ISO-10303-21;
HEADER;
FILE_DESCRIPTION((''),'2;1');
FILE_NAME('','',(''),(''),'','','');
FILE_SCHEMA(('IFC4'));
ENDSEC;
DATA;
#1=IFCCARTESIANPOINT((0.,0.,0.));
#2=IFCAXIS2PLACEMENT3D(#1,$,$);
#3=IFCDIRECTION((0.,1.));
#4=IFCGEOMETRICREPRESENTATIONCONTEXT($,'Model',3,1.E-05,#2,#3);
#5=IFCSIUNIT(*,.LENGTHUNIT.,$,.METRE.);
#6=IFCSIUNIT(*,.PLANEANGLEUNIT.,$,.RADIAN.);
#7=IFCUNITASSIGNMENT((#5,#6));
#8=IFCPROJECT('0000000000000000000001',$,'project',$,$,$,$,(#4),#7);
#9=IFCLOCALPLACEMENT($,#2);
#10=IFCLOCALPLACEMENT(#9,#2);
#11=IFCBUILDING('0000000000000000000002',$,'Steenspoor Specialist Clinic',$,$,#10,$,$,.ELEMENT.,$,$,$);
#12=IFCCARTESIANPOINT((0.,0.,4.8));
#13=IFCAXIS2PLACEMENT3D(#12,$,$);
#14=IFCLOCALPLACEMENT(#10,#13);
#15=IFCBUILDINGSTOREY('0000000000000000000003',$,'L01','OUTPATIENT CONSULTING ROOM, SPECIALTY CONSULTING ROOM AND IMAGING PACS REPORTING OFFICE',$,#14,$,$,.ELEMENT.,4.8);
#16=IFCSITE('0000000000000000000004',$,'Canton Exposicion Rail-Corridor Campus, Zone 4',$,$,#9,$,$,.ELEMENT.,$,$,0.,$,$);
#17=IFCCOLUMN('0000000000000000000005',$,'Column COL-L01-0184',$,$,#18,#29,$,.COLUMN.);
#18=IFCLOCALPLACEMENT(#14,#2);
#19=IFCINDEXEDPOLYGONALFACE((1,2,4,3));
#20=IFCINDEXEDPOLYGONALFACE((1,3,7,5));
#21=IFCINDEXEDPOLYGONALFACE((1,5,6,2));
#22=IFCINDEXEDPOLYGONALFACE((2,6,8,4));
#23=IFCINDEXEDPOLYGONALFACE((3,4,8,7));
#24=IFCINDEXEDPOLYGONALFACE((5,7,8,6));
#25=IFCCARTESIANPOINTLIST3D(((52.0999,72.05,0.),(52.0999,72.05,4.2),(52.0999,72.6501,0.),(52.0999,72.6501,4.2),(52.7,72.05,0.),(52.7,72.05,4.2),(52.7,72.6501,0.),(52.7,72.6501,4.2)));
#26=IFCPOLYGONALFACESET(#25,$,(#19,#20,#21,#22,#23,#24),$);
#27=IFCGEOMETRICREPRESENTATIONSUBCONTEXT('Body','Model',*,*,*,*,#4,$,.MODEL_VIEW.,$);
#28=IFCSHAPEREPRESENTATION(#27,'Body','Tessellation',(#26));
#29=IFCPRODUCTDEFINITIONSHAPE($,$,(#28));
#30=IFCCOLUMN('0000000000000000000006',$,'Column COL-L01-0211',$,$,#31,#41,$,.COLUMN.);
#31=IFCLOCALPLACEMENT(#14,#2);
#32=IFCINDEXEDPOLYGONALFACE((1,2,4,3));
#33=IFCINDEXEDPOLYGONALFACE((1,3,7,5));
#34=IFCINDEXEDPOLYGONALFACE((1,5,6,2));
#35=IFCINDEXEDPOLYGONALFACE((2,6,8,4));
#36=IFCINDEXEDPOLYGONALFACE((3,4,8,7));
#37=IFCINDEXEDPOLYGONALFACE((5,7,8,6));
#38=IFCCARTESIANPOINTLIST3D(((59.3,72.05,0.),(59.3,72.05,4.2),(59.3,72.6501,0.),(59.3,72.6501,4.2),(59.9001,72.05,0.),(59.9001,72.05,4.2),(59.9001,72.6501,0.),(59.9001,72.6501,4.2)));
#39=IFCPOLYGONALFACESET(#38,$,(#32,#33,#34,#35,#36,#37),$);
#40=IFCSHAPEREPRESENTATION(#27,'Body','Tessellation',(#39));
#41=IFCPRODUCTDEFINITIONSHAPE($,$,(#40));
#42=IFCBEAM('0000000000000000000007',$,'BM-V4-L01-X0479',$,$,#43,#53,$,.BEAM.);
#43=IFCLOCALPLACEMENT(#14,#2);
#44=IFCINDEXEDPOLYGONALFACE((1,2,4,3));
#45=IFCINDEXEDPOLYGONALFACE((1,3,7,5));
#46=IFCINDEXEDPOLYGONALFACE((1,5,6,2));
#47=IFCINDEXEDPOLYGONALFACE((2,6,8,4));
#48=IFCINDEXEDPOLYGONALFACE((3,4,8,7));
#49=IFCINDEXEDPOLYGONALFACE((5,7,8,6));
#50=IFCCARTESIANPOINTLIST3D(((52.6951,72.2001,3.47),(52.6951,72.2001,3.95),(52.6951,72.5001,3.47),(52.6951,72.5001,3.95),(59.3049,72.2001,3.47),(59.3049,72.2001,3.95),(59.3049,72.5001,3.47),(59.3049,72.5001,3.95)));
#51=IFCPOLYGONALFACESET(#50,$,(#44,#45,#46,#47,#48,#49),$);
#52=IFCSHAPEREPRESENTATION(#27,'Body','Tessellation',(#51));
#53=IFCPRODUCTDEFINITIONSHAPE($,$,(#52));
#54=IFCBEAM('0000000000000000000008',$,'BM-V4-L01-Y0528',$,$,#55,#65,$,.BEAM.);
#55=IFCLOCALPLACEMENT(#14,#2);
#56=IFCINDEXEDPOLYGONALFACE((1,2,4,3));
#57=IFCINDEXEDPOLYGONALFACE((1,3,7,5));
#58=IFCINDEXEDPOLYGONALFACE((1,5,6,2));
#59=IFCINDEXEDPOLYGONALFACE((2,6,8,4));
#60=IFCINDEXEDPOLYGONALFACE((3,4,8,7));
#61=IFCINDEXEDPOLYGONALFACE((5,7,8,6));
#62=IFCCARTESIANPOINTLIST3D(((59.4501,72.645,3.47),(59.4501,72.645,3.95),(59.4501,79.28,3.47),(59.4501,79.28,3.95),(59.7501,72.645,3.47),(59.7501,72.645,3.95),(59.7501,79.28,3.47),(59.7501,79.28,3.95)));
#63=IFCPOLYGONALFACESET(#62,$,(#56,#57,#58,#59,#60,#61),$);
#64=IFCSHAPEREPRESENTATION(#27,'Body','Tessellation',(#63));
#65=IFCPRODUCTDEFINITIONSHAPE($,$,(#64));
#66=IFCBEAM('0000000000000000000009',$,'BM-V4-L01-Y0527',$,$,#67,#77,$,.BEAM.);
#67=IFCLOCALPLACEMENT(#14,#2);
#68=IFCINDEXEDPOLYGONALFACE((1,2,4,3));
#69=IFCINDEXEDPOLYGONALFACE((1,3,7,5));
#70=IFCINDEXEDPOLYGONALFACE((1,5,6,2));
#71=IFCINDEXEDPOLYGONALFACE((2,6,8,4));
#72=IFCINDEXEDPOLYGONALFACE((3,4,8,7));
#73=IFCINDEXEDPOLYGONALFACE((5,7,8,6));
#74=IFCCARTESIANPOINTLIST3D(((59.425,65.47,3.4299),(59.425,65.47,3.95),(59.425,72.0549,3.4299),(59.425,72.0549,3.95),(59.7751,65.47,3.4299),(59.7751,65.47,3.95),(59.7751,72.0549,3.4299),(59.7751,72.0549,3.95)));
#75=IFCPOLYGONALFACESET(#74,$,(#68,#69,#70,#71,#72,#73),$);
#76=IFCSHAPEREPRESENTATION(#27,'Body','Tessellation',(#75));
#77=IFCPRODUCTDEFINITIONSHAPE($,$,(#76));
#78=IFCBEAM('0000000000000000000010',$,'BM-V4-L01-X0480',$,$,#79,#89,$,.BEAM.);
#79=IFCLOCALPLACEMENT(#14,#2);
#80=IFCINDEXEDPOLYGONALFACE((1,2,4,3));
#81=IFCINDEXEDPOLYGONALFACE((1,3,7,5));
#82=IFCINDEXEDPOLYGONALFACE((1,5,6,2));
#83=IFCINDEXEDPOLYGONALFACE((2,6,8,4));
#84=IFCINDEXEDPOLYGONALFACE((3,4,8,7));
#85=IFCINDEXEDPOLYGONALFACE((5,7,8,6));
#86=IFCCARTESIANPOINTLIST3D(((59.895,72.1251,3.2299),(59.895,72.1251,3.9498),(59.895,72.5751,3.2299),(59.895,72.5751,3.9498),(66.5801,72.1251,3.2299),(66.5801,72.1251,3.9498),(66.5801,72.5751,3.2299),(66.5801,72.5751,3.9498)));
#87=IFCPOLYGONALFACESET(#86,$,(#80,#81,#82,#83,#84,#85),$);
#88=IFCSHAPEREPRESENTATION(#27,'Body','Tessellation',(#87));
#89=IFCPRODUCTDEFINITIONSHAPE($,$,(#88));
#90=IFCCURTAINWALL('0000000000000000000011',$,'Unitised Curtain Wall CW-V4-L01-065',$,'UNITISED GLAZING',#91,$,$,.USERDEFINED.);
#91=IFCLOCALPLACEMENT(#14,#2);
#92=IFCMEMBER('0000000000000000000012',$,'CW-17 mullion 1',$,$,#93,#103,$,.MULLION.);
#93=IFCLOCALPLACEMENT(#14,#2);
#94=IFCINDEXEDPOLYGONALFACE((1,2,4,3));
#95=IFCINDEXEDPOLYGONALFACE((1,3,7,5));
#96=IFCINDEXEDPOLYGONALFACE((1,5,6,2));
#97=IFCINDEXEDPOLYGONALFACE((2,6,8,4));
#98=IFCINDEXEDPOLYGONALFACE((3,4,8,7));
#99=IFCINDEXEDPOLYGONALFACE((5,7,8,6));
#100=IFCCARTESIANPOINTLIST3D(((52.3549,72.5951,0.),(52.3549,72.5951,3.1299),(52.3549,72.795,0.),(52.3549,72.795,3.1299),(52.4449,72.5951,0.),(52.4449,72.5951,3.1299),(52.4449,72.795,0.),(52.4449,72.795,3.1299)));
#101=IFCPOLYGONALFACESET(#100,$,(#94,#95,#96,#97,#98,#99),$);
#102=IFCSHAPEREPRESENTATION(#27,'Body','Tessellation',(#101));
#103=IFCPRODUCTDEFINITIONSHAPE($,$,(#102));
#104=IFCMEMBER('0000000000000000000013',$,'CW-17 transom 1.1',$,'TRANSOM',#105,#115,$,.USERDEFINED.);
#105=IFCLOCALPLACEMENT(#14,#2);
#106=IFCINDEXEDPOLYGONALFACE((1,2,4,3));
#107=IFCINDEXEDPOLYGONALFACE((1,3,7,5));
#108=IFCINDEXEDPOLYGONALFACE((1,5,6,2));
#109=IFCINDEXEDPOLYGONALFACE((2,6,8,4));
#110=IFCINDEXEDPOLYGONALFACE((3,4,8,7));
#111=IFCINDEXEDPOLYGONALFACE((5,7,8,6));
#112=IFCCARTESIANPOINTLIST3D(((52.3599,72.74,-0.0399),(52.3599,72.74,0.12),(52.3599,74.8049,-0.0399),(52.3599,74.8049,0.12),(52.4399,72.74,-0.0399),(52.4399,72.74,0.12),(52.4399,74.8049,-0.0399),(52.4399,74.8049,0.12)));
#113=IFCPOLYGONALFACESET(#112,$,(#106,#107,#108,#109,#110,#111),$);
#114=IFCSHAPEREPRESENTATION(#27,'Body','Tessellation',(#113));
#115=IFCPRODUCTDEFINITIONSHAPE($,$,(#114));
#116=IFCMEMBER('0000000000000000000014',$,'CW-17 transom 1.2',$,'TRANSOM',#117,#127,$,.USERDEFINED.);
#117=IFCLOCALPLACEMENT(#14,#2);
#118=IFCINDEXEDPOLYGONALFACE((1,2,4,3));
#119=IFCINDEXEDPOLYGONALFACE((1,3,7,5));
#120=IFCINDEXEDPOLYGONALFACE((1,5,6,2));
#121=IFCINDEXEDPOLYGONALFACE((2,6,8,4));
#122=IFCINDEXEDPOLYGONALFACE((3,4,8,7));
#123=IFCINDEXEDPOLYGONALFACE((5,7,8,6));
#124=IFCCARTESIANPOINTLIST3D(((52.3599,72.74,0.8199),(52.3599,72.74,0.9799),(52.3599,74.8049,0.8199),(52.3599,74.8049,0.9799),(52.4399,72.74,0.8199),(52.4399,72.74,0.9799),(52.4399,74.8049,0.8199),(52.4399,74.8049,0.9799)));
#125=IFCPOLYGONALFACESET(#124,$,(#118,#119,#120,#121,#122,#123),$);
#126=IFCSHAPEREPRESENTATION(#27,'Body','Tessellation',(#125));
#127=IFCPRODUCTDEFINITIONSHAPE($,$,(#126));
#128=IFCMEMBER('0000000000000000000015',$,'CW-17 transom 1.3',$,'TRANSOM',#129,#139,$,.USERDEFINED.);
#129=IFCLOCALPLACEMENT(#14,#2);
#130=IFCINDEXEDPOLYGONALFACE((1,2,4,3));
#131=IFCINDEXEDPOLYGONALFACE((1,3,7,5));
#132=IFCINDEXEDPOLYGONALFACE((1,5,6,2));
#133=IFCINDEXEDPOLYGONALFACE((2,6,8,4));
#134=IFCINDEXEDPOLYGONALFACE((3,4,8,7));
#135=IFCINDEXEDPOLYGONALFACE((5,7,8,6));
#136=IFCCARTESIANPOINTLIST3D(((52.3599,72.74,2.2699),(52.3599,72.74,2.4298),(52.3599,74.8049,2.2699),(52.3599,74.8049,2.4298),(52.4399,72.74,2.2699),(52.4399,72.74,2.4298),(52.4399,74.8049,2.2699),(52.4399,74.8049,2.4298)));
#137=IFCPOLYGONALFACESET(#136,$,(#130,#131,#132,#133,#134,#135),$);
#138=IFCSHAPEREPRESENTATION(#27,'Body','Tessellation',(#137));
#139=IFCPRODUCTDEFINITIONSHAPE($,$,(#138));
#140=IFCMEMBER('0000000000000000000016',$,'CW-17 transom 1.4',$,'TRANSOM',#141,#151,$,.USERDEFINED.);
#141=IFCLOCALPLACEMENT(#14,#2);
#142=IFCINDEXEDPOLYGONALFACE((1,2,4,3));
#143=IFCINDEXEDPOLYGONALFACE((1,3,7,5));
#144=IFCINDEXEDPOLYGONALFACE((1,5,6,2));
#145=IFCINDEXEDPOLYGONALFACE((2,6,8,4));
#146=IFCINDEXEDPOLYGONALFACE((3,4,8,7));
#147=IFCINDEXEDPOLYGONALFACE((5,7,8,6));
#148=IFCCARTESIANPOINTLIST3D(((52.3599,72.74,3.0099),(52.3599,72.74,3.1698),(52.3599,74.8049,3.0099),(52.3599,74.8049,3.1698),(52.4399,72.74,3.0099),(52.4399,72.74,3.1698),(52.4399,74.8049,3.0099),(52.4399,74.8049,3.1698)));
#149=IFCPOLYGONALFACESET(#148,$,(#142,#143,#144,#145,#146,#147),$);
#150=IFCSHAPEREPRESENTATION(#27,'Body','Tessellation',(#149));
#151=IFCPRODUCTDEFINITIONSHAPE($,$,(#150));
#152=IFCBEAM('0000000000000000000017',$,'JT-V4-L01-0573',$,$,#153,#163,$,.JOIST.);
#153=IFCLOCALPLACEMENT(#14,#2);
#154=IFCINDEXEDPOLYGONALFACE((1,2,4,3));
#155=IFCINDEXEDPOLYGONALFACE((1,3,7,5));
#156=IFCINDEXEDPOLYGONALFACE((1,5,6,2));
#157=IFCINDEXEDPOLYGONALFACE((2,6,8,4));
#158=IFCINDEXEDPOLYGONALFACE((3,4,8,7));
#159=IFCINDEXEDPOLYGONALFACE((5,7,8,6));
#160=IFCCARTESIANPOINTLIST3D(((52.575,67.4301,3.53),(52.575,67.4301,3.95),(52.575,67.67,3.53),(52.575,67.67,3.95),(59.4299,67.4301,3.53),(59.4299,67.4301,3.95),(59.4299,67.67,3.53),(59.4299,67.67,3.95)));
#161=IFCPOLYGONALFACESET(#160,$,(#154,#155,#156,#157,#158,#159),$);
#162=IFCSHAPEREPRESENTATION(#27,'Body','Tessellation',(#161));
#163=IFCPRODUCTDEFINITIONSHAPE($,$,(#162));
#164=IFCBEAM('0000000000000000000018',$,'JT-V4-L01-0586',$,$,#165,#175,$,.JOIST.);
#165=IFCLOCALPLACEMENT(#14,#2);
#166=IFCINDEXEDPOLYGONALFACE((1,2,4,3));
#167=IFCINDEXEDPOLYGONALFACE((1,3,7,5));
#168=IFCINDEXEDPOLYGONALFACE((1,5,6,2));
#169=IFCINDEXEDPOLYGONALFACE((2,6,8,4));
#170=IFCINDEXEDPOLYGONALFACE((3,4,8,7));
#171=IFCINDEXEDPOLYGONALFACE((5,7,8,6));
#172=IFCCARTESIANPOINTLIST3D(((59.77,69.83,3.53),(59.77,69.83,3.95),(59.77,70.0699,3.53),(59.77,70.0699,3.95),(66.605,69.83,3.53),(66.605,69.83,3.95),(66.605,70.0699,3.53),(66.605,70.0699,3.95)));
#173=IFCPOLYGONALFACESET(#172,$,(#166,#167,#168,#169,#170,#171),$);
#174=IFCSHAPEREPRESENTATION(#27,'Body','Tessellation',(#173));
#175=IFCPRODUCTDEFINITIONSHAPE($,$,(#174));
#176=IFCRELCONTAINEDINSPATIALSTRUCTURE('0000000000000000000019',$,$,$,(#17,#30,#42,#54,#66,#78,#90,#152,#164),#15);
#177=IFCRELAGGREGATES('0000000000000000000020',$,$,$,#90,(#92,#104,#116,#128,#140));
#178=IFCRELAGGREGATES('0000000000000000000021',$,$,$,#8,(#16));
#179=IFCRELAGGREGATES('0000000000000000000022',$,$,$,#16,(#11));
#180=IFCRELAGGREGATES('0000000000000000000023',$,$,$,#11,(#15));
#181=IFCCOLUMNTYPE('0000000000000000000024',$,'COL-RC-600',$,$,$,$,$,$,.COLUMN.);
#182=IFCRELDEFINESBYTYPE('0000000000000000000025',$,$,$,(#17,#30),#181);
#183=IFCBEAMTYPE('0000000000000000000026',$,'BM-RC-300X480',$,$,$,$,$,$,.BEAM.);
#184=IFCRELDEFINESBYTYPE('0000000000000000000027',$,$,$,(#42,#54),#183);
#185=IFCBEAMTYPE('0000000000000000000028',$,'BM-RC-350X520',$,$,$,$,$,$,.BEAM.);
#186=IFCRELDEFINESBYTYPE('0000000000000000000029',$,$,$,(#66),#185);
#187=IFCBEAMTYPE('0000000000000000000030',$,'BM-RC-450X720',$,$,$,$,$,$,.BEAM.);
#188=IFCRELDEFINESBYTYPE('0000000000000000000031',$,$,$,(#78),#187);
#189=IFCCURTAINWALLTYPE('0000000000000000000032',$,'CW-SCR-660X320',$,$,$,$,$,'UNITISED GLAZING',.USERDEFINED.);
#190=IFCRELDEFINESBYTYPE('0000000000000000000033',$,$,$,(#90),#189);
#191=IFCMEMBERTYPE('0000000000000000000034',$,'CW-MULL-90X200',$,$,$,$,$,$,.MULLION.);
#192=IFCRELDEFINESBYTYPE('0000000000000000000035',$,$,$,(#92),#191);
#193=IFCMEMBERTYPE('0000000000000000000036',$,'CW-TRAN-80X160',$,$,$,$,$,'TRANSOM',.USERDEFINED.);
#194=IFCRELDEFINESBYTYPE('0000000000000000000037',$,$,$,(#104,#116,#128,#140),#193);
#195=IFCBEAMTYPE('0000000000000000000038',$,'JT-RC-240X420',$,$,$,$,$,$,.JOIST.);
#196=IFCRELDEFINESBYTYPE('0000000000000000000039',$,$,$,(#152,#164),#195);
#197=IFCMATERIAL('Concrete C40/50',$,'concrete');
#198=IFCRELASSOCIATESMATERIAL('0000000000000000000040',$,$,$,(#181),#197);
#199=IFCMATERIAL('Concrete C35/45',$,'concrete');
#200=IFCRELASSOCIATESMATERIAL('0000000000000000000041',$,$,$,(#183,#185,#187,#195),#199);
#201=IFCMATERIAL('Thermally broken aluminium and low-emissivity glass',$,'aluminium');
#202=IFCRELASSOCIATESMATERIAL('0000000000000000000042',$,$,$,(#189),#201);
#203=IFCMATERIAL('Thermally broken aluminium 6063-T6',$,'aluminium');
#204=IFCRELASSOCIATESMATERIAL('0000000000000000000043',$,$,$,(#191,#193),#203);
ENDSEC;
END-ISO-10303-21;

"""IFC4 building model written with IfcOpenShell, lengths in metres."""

from ifc_helpers import new_model, si_unit, direction, frame, origin, origin_2d, place, context, subcontext, project, spatial, rectangle, extrude, material, material_profile, profile_set, type_object, element, aggregate, save


model = new_model("IFC4")

# Units and contexts
model_context = context("Model", 3, precision=1e-05, world=origin(), true_north=direction((0.0, 1.0)))
body_context = subcontext(model_context, "Body", "Model", "MODEL_VIEW")
ifc_project = project(units=[si_unit("LENGTHUNIT", "METRE"), si_unit("PLANEANGLEUNIT", "RADIAN")], contexts=[model_context])

# Site, building, storey
site_placement = place(None, origin())
site = spatial("IfcSite", under=ifc_project, at=site_placement, Name="Canton Exposicion Rail-Corridor Campus, Zone 4", CompositionType="ELEMENT", RefElevation=0.0)
building_placement = place(site_placement, origin())
building = spatial("IfcBuilding", under=site, at=building_placement, Name="Steenspoor Specialist Clinic", CompositionType="ELEMENT")
storey_placement = place(building_placement, frame((0.0, 0.0, 4.8)))
storey = spatial("IfcBuildingStorey", under=building, at=storey_placement, Name="L01", Description="OUTPATIENT CONSULTING ROOM, SPECIALTY CONSULTING ROOM AND IMAGING PACS REPORTING OFFICE", CompositionType="ELEMENT", Elevation=4.8)

# Columns
ifc_material_1 = material(Name="Concrete C40/50", Category="concrete")
ifc_material_profile_1 = material_profile(ifc_material_1, rectangle(XDim=0.6001, YDim=0.6001, at=origin_2d()), Name="RC-COL-600X600")
ifc_profile_set_1 = profile_set([ifc_material_profile_1], Name="Concrete C40/50")
column_type = type_object("IfcColumnType", Name="COL-RC-600", PredefinedType="COLUMN", material=ifc_profile_set_1)
for number, where, z_axis, x_axis, name in (
    (1, (52.3999, 72.3501, 0.0), (0.0, 0.0, 1.0), (1.0, 0.0, 0.0), "Column COL-L01-0184"),
    (2, (59.6001, 72.3501, 0.0), (0.0, 0.0, 1.0), (1.0, 0.0, 0.0), "Column COL-L01-0211"),
):
    element("IfcColumn", number, at=place(storey_placement, frame(where, z_axis=z_axis, x_axis=x_axis)), inside=storey, type_object=column_type, Name=name, PredefinedType="COLUMN", context=body_context, shape_type="SweptSolid", body=[
        extrude(rectangle(XDim=0.6001, YDim=0.6001, at=origin_2d()), origin(), (0.0, 0.0, 1.0), 4.2),
    ])

# Beams
ifc_material_2 = material(Name="Concrete C35/45", Category="concrete")
ifc_material_profile_2 = material_profile(ifc_material_2, rectangle(XDim=0.3, YDim=0.48, at=origin_2d()), Name="RC-BM-300X480")
ifc_profile_set_2 = profile_set([ifc_material_profile_2], Name="Concrete C35/45")
beam_type_1 = type_object("IfcBeamType", Name="BM-RC-300X480", PredefinedType="BEAM", material=ifc_profile_set_2)
beam_1_placement = place(storey_placement, frame((52.6951, 72.3501, 3.71), z_axis=(1.0, 0.0, 0.0), x_axis=(0.0, 1.0, 0.0)))
element("IfcBeam", 3, at=beam_1_placement, inside=storey, type_object=beam_type_1, Name="BM-V4-L01-X0479", PredefinedType="BEAM", context=body_context, shape_type="SweptSolid", body=[
    extrude(rectangle(XDim=0.3, YDim=0.48, at=origin_2d()), origin(), (0.0, 0.0, 1.0), 6.6099),
])
beam_2_placement = place(storey_placement, frame((59.6001, 72.645, 3.71), z_axis=(0.0, 1.0, 0.0), x_axis=(-1.0, 0.0, 0.0)))
element("IfcBeam", 4, at=beam_2_placement, inside=storey, type_object=beam_type_1, Name="BM-V4-L01-Y0528", PredefinedType="BEAM", context=body_context, shape_type="SweptSolid", body=[
    extrude(rectangle(XDim=0.3, YDim=0.48, at=origin_2d()), origin(), (0.0, 0.0, 1.0), 6.635),
])
ifc_material_profile_3 = material_profile(ifc_material_2, rectangle(XDim=0.3501, YDim=0.52, at=origin_2d()), Name="RC-BM-350X520")
ifc_profile_set_3 = profile_set([ifc_material_profile_3], Name="Concrete C35/45")
beam_type_2 = type_object("IfcBeamType", Name="BM-RC-350X520", PredefinedType="BEAM", material=ifc_profile_set_3)
beam_3_placement = place(storey_placement, frame((59.6001, 65.47, 3.6899), z_axis=(0.0, 1.0, 0.0), x_axis=(-1.0, 0.0, 0.0)))
element("IfcBeam", 5, at=beam_3_placement, inside=storey, type_object=beam_type_2, Name="BM-V4-L01-Y0527", PredefinedType="BEAM", context=body_context, shape_type="SweptSolid", body=[
    extrude(rectangle(XDim=0.3501, YDim=0.52, at=origin_2d()), origin(), (0.0, 0.0, 1.0), 6.585),
])
ifc_material_profile_4 = material_profile(ifc_material_2, rectangle(XDim=0.45, YDim=0.72, at=origin_2d()), Name="RC-BM-450X720")
ifc_profile_set_4 = profile_set([ifc_material_profile_4], Name="Concrete C35/45")
beam_type_3 = type_object("IfcBeamType", Name="BM-RC-450X720", PredefinedType="BEAM", material=ifc_profile_set_4)
beam_4_placement = place(storey_placement, frame((59.895, 72.3501, 3.5898), z_axis=(1.0, 0.0, 0.0), x_axis=(0.0, 1.0, 0.0)))
element("IfcBeam", 6, at=beam_4_placement, inside=storey, type_object=beam_type_3, Name="BM-V4-L01-X0480", PredefinedType="BEAM", context=body_context, shape_type="SweptSolid", body=[
    extrude(rectangle(XDim=0.45, YDim=0.72, at=origin_2d()), origin(), (0.0, 0.0, 1.0), 6.6851),
])

# Curtain wall, members
ifc_material_3 = material(Name="Thermally broken aluminium and low-emissivity glass", Category="aluminium")
curtain_wall_type = type_object("IfcCurtainWallType", Name="CW-SCR-660X320", ElementType="UNITISED GLAZING", PredefinedType="USERDEFINED", material=ifc_material_3)
curtain_wall_placement = place(storey_placement, origin())
curtain_wall = element("IfcCurtainWall", 7, at=curtain_wall_placement, inside=storey, type_object=curtain_wall_type, Name="Unitised Curtain Wall CW-V4-L01-065", ObjectType="UNITISED GLAZING", PredefinedType="USERDEFINED")
ifc_material_4 = material(Name="Thermally broken aluminium 6063-T6", Category="aluminium")
ifc_material_profile_5 = material_profile(ifc_material_4, rectangle(XDim=0.0901, YDim=0.2, at=origin_2d()), Name="CWM-90X200")
ifc_profile_set_5 = profile_set([ifc_material_profile_5], Name="Thermally broken aluminium 6063-T6")
member_type_1 = type_object("IfcMemberType", Name="CW-MULL-90X200", PredefinedType="MULLION", material=ifc_profile_set_5)
member_1_placement = place(storey_placement, frame((52.3999, 72.6951, 0.0), z_axis=(0.0, 0.0, 1.0), x_axis=(-1.0, 0.0, 0.0)))
member_1 = element("IfcMember", 8, at=member_1_placement, type_object=member_type_1, Name="CW-17 mullion 1", PredefinedType="MULLION", context=body_context, shape_type="SweptSolid", body=[
    extrude(rectangle(XDim=0.0901, YDim=0.2, at=origin_2d()), origin(), (0.0, 0.0, 1.0), 3.1299),
])
ifc_material_profile_6 = material_profile(ifc_material_4, rectangle(XDim=0.0801, YDim=0.1599, at=origin_2d()), Name="CWT-80X160")
ifc_profile_set_6 = profile_set([ifc_material_profile_6], Name="Thermally broken aluminium 6063-T6")
member_type_2 = type_object("IfcMemberType", Name="CW-TRAN-80X160", ElementType="TRANSOM", PredefinedType="USERDEFINED", material=ifc_profile_set_6)
member_2_placement = place(storey_placement, frame((52.3999, 72.74, 0.04), z_axis=(0.0, 1.0, 0.0), x_axis=(-1.0, 0.0, 0.0)))
member_2 = element("IfcMember", 9, at=member_2_placement, type_object=member_type_2, Name="CW-17 transom 1.1", ObjectType="TRANSOM", PredefinedType="USERDEFINED", context=body_context, shape_type="SweptSolid", body=[
    extrude(rectangle(XDim=0.0801, YDim=0.1599, at=origin_2d()), origin(), (0.0, 0.0, 1.0), 2.0649),
])
member_3_placement = place(storey_placement, frame((52.3999, 72.74, 0.8999), z_axis=(0.0, 1.0, 0.0), x_axis=(-1.0, 0.0, 0.0)))
member_3 = element("IfcMember", 10, at=member_3_placement, type_object=member_type_2, Name="CW-17 transom 1.2", ObjectType="TRANSOM", PredefinedType="USERDEFINED", context=body_context, shape_type="SweptSolid", body=[
    extrude(rectangle(XDim=0.0801, YDim=0.1599, at=origin_2d()), origin(), (0.0, 0.0, 1.0), 2.0649),
])
member_4_placement = place(storey_placement, frame((52.3999, 72.74, 2.3499), z_axis=(0.0, 1.0, 0.0), x_axis=(-1.0, 0.0, 0.0)))
member_4 = element("IfcMember", 11, at=member_4_placement, type_object=member_type_2, Name="CW-17 transom 1.3", ObjectType="TRANSOM", PredefinedType="USERDEFINED", context=body_context, shape_type="SweptSolid", body=[
    extrude(rectangle(XDim=0.0801, YDim=0.1599, at=origin_2d()), origin(), (0.0, 0.0, 1.0), 2.0649),
])
member_5_placement = place(storey_placement, frame((52.3999, 72.74, 3.0898), z_axis=(0.0, 1.0, 0.0), x_axis=(-1.0, 0.0, 0.0)))
member_5 = element("IfcMember", 12, at=member_5_placement, type_object=member_type_2, Name="CW-17 transom 1.4", ObjectType="TRANSOM", PredefinedType="USERDEFINED", context=body_context, shape_type="SweptSolid", body=[
    extrude(rectangle(XDim=0.0801, YDim=0.1599, at=origin_2d()), origin(), (0.0, 0.0, 1.0), 2.0649),
])
aggregate(curtain_wall, [member_1, member_2, member_3, member_4, member_5])

# Beams
ifc_material_profile_7 = material_profile(ifc_material_2, rectangle(XDim=0.24, YDim=0.4199, at=origin_2d()), Name="RC-JT-240X420")
ifc_profile_set_7 = profile_set([ifc_material_profile_7], Name="Concrete C35/45")
beam_type_4 = type_object("IfcBeamType", Name="JT-RC-240X420", PredefinedType="JOIST", material=ifc_profile_set_7)
beam_5_placement = place(storey_placement, frame((52.575, 67.55, 3.74), z_axis=(1.0, 0.0, 0.0), x_axis=(0.0, 1.0, 0.0)))
element("IfcBeam", 13, at=beam_5_placement, inside=storey, type_object=beam_type_4, Name="JT-V4-L01-0573", PredefinedType="JOIST", context=body_context, shape_type="SweptSolid", body=[
    extrude(rectangle(XDim=0.24, YDim=0.4199, at=origin_2d()), origin(), (0.0, 0.0, 1.0), 6.855),
])
beam_6_placement = place(storey_placement, frame((59.77, 69.95, 3.74), z_axis=(1.0, 0.0, 0.0), x_axis=(0.0, 1.0, 0.0)))
element("IfcBeam", 14, at=beam_6_placement, inside=storey, type_object=beam_type_4, Name="JT-V4-L01-0586", PredefinedType="JOIST", context=body_context, shape_type="SweptSolid", body=[
    extrude(rectangle(XDim=0.24, YDim=0.4199, at=origin_2d()), origin(), (0.0, 0.0, 1.0), 6.835),
])

save(model, "model.ifc")
